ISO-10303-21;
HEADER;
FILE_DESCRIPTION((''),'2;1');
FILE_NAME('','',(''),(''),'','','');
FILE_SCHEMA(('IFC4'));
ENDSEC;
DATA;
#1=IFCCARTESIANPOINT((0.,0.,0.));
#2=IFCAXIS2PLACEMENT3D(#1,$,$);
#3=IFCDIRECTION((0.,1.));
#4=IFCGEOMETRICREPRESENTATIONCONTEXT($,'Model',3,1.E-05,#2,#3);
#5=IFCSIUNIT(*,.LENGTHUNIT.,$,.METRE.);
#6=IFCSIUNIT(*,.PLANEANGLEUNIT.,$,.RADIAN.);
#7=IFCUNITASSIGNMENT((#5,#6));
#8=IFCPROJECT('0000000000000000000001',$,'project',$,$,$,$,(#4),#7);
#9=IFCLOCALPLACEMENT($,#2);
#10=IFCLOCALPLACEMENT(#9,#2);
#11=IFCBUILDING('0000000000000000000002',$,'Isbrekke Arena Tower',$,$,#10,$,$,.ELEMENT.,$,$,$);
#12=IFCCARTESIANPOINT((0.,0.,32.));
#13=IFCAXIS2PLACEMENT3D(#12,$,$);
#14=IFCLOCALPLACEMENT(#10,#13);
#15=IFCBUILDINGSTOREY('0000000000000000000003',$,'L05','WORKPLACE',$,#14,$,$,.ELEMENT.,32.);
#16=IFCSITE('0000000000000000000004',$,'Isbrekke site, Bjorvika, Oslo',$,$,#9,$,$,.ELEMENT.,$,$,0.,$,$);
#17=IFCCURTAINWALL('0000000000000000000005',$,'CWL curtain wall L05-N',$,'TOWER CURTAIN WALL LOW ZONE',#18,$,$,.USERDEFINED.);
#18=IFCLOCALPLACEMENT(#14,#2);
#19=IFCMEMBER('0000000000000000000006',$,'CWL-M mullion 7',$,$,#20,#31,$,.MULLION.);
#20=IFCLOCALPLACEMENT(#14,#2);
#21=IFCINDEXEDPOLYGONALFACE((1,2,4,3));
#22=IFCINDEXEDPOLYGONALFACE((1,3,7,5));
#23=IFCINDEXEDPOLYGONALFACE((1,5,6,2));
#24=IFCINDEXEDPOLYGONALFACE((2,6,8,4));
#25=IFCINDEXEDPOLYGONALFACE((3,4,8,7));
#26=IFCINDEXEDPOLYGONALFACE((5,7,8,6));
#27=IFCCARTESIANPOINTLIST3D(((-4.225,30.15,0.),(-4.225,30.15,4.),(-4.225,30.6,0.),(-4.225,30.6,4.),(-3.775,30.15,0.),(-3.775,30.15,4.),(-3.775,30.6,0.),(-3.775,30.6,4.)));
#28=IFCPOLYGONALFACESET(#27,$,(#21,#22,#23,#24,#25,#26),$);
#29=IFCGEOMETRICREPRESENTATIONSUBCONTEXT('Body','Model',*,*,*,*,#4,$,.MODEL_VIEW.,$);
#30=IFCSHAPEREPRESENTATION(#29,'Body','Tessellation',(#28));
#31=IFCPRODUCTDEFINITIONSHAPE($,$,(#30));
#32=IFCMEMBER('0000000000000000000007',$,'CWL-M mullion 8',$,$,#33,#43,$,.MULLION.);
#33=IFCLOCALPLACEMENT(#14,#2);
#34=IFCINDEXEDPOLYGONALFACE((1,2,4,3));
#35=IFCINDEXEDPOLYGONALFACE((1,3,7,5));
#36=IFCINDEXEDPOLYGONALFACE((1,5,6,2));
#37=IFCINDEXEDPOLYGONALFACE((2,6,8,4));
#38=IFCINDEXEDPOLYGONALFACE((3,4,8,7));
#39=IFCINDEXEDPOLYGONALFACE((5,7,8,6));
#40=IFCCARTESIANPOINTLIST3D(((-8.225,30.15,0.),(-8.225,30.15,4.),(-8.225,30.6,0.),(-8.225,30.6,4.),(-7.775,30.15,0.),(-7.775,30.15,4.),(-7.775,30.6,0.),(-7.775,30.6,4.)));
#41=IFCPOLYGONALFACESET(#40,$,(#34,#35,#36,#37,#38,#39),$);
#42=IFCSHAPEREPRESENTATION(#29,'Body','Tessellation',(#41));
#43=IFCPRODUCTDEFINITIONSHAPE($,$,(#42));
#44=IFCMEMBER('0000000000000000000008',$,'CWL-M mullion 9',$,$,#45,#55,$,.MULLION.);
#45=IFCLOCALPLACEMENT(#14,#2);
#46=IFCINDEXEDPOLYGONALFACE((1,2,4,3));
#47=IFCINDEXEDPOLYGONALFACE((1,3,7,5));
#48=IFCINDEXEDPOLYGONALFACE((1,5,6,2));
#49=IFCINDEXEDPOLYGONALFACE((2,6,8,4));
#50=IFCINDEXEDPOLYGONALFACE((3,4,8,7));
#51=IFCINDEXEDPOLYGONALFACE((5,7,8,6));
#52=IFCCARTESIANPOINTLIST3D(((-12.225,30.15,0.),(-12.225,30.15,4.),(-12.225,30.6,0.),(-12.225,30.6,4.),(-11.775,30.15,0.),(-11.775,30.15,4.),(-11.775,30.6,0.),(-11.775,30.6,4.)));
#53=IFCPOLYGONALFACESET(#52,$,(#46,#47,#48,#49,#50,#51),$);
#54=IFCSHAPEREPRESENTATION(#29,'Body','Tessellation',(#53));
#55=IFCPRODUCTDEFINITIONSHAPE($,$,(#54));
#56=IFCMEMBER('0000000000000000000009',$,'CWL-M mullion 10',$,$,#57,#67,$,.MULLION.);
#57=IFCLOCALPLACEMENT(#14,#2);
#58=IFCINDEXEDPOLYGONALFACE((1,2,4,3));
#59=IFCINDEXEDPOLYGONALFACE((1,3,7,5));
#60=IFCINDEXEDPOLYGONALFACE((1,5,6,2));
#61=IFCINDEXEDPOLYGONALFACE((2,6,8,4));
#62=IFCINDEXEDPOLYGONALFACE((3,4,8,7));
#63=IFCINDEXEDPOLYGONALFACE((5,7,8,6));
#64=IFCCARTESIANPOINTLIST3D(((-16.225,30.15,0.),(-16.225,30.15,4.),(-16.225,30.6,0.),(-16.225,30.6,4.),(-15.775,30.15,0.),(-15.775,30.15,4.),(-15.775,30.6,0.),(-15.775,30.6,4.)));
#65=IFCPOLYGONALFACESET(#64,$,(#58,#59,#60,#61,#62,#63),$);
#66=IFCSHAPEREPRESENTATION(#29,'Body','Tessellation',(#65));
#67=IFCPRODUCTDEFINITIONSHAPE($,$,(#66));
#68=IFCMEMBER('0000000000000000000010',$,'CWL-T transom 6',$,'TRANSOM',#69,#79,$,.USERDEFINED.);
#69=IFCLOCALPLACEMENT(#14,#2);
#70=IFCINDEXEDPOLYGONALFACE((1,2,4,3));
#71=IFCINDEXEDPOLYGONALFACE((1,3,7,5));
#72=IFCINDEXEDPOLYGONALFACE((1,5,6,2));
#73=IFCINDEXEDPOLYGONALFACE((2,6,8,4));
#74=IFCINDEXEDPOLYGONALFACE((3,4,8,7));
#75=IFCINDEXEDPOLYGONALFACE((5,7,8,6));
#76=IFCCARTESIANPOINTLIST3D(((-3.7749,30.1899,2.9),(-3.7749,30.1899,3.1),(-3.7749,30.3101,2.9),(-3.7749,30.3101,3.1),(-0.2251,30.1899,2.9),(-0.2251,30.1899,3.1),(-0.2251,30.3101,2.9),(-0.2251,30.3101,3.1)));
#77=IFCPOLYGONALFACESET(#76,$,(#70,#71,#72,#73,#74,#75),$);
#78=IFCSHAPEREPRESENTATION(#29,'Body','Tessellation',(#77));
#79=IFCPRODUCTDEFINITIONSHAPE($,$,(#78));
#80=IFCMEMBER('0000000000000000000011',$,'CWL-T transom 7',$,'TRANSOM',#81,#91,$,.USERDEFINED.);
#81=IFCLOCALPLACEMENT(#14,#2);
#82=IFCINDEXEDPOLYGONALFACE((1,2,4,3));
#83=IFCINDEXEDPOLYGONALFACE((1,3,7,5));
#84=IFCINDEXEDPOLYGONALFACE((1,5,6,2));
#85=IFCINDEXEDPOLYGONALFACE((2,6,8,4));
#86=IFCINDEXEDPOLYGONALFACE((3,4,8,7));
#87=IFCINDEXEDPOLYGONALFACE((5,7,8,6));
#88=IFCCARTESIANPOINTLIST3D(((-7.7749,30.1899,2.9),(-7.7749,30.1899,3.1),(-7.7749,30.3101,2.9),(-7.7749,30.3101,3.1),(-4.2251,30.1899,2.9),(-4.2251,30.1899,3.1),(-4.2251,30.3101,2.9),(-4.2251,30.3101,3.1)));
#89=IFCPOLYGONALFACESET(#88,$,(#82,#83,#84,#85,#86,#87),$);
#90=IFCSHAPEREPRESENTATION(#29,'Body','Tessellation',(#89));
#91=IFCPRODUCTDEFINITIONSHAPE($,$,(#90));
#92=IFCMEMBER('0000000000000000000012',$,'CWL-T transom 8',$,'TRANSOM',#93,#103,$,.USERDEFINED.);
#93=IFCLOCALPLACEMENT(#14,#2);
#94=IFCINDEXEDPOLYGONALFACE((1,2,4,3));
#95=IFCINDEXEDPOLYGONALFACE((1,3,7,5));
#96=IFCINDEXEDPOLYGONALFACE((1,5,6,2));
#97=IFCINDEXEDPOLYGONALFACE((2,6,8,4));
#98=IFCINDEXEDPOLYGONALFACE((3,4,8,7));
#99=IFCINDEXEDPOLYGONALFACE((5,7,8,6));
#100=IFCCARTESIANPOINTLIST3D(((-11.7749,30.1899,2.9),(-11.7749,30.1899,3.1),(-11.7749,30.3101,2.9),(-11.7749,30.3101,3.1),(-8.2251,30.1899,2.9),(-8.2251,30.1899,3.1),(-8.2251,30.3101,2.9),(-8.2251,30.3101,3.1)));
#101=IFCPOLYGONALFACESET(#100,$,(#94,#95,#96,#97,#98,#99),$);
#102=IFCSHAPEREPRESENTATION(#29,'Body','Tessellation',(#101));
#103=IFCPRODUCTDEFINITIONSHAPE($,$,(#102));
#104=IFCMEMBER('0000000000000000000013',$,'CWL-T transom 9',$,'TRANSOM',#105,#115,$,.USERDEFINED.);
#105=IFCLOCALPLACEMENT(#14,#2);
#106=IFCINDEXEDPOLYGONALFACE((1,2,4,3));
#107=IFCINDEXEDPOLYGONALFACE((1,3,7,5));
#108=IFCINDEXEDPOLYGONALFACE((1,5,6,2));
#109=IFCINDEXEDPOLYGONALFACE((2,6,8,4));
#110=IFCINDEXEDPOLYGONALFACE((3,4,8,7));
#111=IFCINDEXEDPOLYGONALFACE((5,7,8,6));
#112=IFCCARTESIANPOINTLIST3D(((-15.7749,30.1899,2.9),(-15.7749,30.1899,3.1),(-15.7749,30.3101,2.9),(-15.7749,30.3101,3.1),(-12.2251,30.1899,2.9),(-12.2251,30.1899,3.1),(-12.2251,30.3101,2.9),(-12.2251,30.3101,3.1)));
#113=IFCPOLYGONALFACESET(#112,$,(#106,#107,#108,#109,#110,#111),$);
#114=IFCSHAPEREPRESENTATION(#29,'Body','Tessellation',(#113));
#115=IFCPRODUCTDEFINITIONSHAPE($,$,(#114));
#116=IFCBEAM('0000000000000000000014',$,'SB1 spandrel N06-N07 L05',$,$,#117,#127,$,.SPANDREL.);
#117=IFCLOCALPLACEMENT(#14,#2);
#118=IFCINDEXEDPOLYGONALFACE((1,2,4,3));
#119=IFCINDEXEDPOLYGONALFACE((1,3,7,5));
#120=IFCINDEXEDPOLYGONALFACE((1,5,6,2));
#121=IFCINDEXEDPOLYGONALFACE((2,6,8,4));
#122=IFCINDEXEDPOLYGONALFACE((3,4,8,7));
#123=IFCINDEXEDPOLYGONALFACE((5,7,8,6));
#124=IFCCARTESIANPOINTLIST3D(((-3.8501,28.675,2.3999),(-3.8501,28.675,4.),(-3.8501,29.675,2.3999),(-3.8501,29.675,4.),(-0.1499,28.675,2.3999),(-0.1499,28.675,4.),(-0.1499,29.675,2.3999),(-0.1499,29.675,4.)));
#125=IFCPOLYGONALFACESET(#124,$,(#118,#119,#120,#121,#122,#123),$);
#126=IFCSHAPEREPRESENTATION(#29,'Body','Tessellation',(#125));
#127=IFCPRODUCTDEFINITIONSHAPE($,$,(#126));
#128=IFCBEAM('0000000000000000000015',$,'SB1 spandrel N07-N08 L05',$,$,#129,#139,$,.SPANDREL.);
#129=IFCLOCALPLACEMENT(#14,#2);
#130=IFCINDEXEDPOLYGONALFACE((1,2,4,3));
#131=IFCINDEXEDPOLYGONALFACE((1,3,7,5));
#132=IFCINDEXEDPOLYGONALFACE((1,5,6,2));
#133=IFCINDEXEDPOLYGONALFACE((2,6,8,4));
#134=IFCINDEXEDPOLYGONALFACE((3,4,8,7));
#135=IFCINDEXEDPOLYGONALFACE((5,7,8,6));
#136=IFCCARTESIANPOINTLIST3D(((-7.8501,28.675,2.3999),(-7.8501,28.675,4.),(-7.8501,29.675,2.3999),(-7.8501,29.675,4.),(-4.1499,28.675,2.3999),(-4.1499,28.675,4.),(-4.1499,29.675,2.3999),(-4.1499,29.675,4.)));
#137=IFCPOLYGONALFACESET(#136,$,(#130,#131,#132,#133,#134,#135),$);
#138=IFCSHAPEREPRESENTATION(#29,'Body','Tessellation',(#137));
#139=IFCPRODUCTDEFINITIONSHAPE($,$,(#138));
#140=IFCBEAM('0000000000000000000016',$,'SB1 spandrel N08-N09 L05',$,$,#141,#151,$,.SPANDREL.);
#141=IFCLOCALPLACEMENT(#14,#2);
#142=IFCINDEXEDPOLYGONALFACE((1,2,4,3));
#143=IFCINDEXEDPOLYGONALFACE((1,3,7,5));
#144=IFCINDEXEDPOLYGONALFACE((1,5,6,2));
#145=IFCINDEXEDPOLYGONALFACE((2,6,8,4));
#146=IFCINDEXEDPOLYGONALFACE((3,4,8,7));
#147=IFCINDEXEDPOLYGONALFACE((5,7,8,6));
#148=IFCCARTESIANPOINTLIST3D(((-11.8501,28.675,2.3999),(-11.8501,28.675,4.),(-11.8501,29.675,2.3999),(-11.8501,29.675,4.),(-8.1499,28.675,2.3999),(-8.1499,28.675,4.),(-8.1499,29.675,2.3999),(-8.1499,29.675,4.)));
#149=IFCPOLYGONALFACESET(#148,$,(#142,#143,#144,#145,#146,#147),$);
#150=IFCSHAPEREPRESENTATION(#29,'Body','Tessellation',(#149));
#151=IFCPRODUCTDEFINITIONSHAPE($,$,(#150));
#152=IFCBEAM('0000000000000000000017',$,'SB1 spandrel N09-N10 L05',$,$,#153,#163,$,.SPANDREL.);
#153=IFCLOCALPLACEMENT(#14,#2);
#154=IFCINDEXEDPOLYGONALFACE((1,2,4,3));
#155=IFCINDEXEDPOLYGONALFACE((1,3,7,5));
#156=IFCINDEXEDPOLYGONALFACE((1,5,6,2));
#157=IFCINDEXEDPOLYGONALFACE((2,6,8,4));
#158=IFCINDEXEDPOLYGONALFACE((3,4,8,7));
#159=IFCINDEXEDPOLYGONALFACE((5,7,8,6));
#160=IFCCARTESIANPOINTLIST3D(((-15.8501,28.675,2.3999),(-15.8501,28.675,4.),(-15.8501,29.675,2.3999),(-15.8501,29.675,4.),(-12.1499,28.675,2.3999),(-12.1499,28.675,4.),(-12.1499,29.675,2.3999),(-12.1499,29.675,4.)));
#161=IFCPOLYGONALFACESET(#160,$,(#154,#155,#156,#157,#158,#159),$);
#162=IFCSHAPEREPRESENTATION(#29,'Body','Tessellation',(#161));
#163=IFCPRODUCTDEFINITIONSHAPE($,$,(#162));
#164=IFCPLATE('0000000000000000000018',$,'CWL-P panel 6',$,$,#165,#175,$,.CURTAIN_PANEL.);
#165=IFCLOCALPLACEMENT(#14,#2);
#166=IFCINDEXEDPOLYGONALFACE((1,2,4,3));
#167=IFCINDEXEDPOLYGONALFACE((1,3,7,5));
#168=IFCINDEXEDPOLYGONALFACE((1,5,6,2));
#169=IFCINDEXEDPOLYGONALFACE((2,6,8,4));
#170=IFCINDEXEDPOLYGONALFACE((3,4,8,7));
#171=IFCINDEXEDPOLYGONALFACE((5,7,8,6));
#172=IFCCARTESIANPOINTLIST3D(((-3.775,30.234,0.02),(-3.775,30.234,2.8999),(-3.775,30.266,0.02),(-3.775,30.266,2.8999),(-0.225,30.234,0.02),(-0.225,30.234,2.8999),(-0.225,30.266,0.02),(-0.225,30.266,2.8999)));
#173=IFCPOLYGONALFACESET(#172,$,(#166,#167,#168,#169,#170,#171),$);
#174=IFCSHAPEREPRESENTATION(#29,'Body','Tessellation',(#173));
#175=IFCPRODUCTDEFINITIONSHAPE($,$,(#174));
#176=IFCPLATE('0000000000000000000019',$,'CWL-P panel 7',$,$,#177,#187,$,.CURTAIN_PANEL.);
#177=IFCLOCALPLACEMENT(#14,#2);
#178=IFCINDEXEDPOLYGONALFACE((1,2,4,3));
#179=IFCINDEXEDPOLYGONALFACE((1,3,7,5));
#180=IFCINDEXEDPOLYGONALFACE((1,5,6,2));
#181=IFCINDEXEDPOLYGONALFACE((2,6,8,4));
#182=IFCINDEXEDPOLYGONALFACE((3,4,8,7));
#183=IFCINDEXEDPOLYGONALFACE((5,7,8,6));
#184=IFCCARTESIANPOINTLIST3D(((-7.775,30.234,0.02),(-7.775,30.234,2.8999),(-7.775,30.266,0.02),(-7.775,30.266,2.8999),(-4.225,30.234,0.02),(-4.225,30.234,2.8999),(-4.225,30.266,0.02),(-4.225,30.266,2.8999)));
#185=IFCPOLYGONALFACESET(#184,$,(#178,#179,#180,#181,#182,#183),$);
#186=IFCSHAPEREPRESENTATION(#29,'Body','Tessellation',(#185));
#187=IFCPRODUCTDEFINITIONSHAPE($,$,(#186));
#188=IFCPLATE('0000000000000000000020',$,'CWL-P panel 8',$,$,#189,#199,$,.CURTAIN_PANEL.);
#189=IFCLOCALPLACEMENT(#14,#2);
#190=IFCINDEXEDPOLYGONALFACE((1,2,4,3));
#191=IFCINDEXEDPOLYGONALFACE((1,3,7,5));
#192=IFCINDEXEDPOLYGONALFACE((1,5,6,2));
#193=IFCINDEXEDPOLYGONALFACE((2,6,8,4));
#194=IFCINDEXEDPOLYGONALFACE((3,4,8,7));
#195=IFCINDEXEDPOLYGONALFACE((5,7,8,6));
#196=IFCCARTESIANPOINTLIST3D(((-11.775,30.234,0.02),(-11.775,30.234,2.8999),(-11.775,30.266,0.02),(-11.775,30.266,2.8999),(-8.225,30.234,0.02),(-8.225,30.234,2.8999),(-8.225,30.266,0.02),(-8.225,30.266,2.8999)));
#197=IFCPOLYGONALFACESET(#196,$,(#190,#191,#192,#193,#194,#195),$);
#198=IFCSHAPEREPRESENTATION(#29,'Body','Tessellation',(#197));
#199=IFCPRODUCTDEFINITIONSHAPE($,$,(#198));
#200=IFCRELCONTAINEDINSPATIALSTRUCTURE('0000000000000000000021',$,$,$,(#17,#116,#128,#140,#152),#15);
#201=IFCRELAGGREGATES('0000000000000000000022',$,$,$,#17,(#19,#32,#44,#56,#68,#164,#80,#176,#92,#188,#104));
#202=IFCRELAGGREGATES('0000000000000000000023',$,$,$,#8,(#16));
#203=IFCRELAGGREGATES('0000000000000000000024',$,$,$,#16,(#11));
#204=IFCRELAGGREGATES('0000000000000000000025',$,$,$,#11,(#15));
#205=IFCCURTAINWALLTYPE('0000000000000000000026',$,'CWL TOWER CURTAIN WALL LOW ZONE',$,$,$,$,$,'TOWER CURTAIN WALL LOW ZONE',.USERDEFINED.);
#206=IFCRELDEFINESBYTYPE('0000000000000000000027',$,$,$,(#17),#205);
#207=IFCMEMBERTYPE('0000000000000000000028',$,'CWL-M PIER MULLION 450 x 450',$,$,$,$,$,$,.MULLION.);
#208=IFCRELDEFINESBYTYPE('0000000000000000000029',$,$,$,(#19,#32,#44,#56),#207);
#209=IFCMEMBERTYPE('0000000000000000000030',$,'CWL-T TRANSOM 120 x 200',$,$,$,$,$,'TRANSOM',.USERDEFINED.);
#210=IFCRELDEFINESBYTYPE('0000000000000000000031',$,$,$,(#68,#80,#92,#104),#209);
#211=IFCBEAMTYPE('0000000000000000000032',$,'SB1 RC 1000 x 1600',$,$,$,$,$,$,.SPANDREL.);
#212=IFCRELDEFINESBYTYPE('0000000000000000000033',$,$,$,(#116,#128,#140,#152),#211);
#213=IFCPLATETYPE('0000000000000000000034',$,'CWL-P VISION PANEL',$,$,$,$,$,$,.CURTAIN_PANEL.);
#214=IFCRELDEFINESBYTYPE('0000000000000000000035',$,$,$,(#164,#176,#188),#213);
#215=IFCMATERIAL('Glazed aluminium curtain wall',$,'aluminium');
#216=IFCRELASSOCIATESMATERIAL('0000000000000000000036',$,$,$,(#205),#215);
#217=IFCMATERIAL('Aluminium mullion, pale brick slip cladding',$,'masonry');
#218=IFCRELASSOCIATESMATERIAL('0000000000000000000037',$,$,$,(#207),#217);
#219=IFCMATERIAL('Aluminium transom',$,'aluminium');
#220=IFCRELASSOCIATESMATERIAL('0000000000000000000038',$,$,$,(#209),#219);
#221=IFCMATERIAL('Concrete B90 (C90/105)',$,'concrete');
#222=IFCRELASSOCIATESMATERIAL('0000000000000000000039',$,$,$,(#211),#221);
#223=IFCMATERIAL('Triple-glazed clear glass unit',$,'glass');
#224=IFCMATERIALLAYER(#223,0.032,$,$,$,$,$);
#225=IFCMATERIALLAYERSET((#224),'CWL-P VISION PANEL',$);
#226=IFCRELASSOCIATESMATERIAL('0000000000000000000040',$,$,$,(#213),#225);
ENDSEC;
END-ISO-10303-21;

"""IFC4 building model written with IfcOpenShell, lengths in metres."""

from ifc_helpers import new_model, si_unit, direction, frame, origin, origin_2d, place, context, subcontext, project, spatial, rectangle, extrude, material, layer, layer_set, material_profile, profile_set, type_object, element, aggregate, save


model = new_model("IFC4")

# Units and contexts
model_context = context("Model", 3, precision=1e-05, world=origin(), true_north=direction((0.0, 1.0)))
body_context = subcontext(model_context, "Body", "Model", "MODEL_VIEW")
ifc_project = project(units=[si_unit("LENGTHUNIT", "METRE"), si_unit("PLANEANGLEUNIT", "RADIAN")], contexts=[model_context])

# Site, building, storey
site_placement = place(None, origin())
site = spatial("IfcSite", under=ifc_project, at=site_placement, Name="Isbrekke site, Bjorvika, Oslo", CompositionType="ELEMENT", RefElevation=0.0)
building_placement = place(site_placement, origin())
building = spatial("IfcBuilding", under=site, at=building_placement, Name="Isbrekke Arena Tower", CompositionType="ELEMENT")
storey_placement = place(building_placement, frame((0.0, 0.0, 32.0)))
storey = spatial("IfcBuildingStorey", under=building, at=storey_placement, Name="L05", Description="WORKPLACE", CompositionType="ELEMENT", Elevation=32.0)

# Curtain wall, members
ifc_material_1 = material(Name="Glazed aluminium curtain wall", Category="aluminium")
curtain_wall_type = type_object("IfcCurtainWallType", Name="CWL TOWER CURTAIN WALL LOW ZONE", ElementType="TOWER CURTAIN WALL LOW ZONE", PredefinedType="USERDEFINED", material=ifc_material_1)
curtain_wall_placement = place(storey_placement, origin())
curtain_wall = element("IfcCurtainWall", 1, at=curtain_wall_placement, inside=storey, type_object=curtain_wall_type, Name="CWL curtain wall L05-N", ObjectType="TOWER CURTAIN WALL LOW ZONE", PredefinedType="USERDEFINED")
ifc_material_2 = material(Name="Aluminium mullion, pale brick slip cladding", Category="masonry")
ifc_material_profile_1 = material_profile(ifc_material_2, rectangle(XDim=0.45, YDim=0.45, at=origin_2d()), Name="PIER 450X450")
ifc_profile_set_1 = profile_set([ifc_material_profile_1], Name="Aluminium mullion, pale brick slip cladding")
member_type_1 = type_object("IfcMemberType", Name="CWL-M PIER MULLION 450 x 450", PredefinedType="MULLION", material=ifc_profile_set_1)
member_1_placement = place(storey_placement, frame((-4.0, 30.375, 0.0), z_axis=(0.0, 0.0, 1.0), x_axis=(-1.0, 0.0, 0.0)))
member_1 = element("IfcMember", 2, at=member_1_placement, type_object=member_type_1, Name="CWL-M mullion 7", PredefinedType="MULLION", context=body_context, shape_type="SweptSolid", body=[
    extrude(rectangle(XDim=0.45, YDim=0.45, at=origin_2d()), origin(), (0.0, 0.0, 1.0), 4.0),
])
member_2_placement = place(storey_placement, frame((-8.0, 30.375, 0.0), z_axis=(0.0, 0.0, 1.0), x_axis=(-1.0, 0.0, 0.0)))
member_2 = element("IfcMember", 3, at=member_2_placement, type_object=member_type_1, Name="CWL-M mullion 8", PredefinedType="MULLION", context=body_context, shape_type="SweptSolid", body=[
    extrude(rectangle(XDim=0.45, YDim=0.45, at=origin_2d()), origin(), (0.0, 0.0, 1.0), 4.0),
])
member_3_placement = place(storey_placement, frame((-12.0, 30.375, 0.0), z_axis=(0.0, 0.0, 1.0), x_axis=(-1.0, 0.0, 0.0)))
member_3 = element("IfcMember", 4, at=member_3_placement, type_object=member_type_1, Name="CWL-M mullion 9", PredefinedType="MULLION", context=body_context, shape_type="SweptSolid", body=[
    extrude(rectangle(XDim=0.45, YDim=0.45, at=origin_2d()), origin(), (0.0, 0.0, 1.0), 4.0),
])
member_4_placement = place(storey_placement, frame((-16.0, 30.375, 0.0), z_axis=(0.0, 0.0, 1.0), x_axis=(-1.0, 0.0, 0.0)))
member_4 = element("IfcMember", 5, at=member_4_placement, type_object=member_type_1, Name="CWL-M mullion 10", PredefinedType="MULLION", context=body_context, shape_type="SweptSolid", body=[
    extrude(rectangle(XDim=0.45, YDim=0.45, at=origin_2d()), origin(), (0.0, 0.0, 1.0), 4.0),
])
ifc_material_3 = material(Name="Aluminium transom", Category="aluminium")
ifc_material_profile_2 = material_profile(ifc_material_3, rectangle(XDim=0.1201, YDim=0.2, at=origin_2d()), Name="TRANSOM 120X200")
ifc_profile_set_2 = profile_set([ifc_material_profile_2], Name="Aluminium transom")
member_type_2 = type_object("IfcMemberType", Name="CWL-T TRANSOM 120 x 200", ElementType="TRANSOM", PredefinedType="USERDEFINED", material=ifc_profile_set_2)
member_5_placement = place(storey_placement, frame((-0.2251, 30.25, 3.0), z_axis=(-1.0, 0.0, 0.0), x_axis=(0.0, -1.0, 0.0)))
member_5 = element("IfcMember", 6, at=member_5_placement, type_object=member_type_2, Name="CWL-T transom 6", ObjectType="TRANSOM", PredefinedType="USERDEFINED", context=body_context, shape_type="SweptSolid", body=[
    extrude(rectangle(XDim=0.1201, YDim=0.2, at=origin_2d()), origin(), (0.0, 0.0, 1.0), 3.5498),
])
member_6_placement = place(storey_placement, frame((-4.2251, 30.25, 3.0), z_axis=(-1.0, 0.0, 0.0), x_axis=(0.0, -1.0, 0.0)))
member_6 = element("IfcMember", 7, at=member_6_placement, type_object=member_type_2, Name="CWL-T transom 7", ObjectType="TRANSOM", PredefinedType="USERDEFINED", context=body_context, shape_type="SweptSolid", body=[
    extrude(rectangle(XDim=0.1201, YDim=0.2, at=origin_2d()), origin(), (0.0, 0.0, 1.0), 3.5498),
])
member_7_placement = place(storey_placement, frame((-8.2251, 30.25, 3.0), z_axis=(-1.0, 0.0, 0.0), x_axis=(0.0, -1.0, 0.0)))
member_7 = element("IfcMember", 8, at=member_7_placement, type_object=member_type_2, Name="CWL-T transom 8", ObjectType="TRANSOM", PredefinedType="USERDEFINED", context=body_context, shape_type="SweptSolid", body=[
    extrude(rectangle(XDim=0.1201, YDim=0.2, at=origin_2d()), origin(), (0.0, 0.0, 1.0), 3.5498),
])
member_8_placement = place(storey_placement, frame((-12.2251, 30.25, 3.0), z_axis=(-1.0, 0.0, 0.0), x_axis=(0.0, -1.0, 0.0)))
member_8 = element("IfcMember", 9, at=member_8_placement, type_object=member_type_2, Name="CWL-T transom 9", ObjectType="TRANSOM", PredefinedType="USERDEFINED", context=body_context, shape_type="SweptSolid", body=[
    extrude(rectangle(XDim=0.1201, YDim=0.2, at=origin_2d()), origin(), (0.0, 0.0, 1.0), 3.5498),
])

# Beams
ifc_material_4 = material(Name="Concrete B90 (C90/105)", Category="concrete")
ifc_material_profile_3 = material_profile(ifc_material_4, rectangle(XDim=1.0, YDim=1.6001, at=origin_2d()), Name="RC 1000x1600")
ifc_profile_set_3 = profile_set([ifc_material_profile_3], Name="Concrete B90 (C90/105)")
beam_type_1 = type_object("IfcBeamType", Name="SB1 RC 1000 x 1600", PredefinedType="SPANDREL", material=ifc_profile_set_3)
for number, where, z_axis, x_axis, name in (
    (10, (-0.1499, 29.175, 3.2), (-1.0, 0.0, 0.0), (0.0, -1.0, 0.0), "SB1 spandrel N06-N07 L05"),
    (11, (-4.1499, 29.175, 3.2), (-1.0, 0.0, 0.0), (0.0, -1.0, 0.0), "SB1 spandrel N07-N08 L05"),
    (12, (-8.1499, 29.175, 3.2), (-1.0, 0.0, 0.0), (0.0, -1.0, 0.0), "SB1 spandrel N08-N09 L05"),
    (13, (-12.1499, 29.175, 3.2), (-1.0, 0.0, 0.0), (0.0, -1.0, 0.0), "SB1 spandrel N09-N10 L05"),
):
    element("IfcBeam", number, at=place(storey_placement, frame(where, z_axis=z_axis, x_axis=x_axis)), inside=storey, type_object=beam_type_1, Name=name, PredefinedType="SPANDREL", context=body_context, shape_type="SweptSolid", body=[
        extrude(rectangle(XDim=1.0, YDim=1.6001, at=origin_2d()), origin(), (0.0, 0.0, 1.0), 3.7002),
    ])

# Plates
ifc_material_5 = material(Name="Triple-glazed clear glass unit", Category="glass")
ifc_layer_1 = layer(ifc_material_5, 0.032)
ifc_layer_set_1 = layer_set([ifc_layer_1], Name="CWL-P VISION PANEL")
plate_type = type_object("IfcPlateType", Name="CWL-P VISION PANEL", PredefinedType="CURTAIN_PANEL", material=ifc_layer_set_1)
plate_1_placement = place(storey_placement, frame((-2.0, 30.25, 0.02), z_axis=(0.0, 0.0, 1.0), x_axis=(-1.0, 0.0, 0.0)))
plate_1 = element("IfcPlate", 14, at=plate_1_placement, type_object=plate_type, Name="CWL-P panel 6", PredefinedType="CURTAIN_PANEL", context=body_context, shape_type="SweptSolid", body=[
    extrude(rectangle(XDim=3.55, YDim=0.032, at=origin_2d()), origin(), (0.0, 0.0, 1.0), 2.8799),
])
plate_2_placement = place(storey_placement, frame((-6.0, 30.25, 0.02), z_axis=(0.0, 0.0, 1.0), x_axis=(-1.0, 0.0, 0.0)))
plate_2 = element("IfcPlate", 15, at=plate_2_placement, type_object=plate_type, Name="CWL-P panel 7", PredefinedType="CURTAIN_PANEL", context=body_context, shape_type="SweptSolid", body=[
    extrude(rectangle(XDim=3.55, YDim=0.032, at=origin_2d()), origin(), (0.0, 0.0, 1.0), 2.8799),
])
plate_3_placement = place(storey_placement, frame((-10.0, 30.25, 0.02), z_axis=(0.0, 0.0, 1.0), x_axis=(-1.0, 0.0, 0.0)))
plate_3 = element("IfcPlate", 16, at=plate_3_placement, type_object=plate_type, Name="CWL-P panel 8", PredefinedType="CURTAIN_PANEL", context=body_context, shape_type="SweptSolid", body=[
    extrude(rectangle(XDim=3.55, YDim=0.032, at=origin_2d()), origin(), (0.0, 0.0, 1.0), 2.8799),
])
aggregate(curtain_wall, [member_1, member_2, member_3, member_4, member_5, plate_1, member_6, plate_2, member_7, plate_3, member_8])

save(model, "model.ifc")
